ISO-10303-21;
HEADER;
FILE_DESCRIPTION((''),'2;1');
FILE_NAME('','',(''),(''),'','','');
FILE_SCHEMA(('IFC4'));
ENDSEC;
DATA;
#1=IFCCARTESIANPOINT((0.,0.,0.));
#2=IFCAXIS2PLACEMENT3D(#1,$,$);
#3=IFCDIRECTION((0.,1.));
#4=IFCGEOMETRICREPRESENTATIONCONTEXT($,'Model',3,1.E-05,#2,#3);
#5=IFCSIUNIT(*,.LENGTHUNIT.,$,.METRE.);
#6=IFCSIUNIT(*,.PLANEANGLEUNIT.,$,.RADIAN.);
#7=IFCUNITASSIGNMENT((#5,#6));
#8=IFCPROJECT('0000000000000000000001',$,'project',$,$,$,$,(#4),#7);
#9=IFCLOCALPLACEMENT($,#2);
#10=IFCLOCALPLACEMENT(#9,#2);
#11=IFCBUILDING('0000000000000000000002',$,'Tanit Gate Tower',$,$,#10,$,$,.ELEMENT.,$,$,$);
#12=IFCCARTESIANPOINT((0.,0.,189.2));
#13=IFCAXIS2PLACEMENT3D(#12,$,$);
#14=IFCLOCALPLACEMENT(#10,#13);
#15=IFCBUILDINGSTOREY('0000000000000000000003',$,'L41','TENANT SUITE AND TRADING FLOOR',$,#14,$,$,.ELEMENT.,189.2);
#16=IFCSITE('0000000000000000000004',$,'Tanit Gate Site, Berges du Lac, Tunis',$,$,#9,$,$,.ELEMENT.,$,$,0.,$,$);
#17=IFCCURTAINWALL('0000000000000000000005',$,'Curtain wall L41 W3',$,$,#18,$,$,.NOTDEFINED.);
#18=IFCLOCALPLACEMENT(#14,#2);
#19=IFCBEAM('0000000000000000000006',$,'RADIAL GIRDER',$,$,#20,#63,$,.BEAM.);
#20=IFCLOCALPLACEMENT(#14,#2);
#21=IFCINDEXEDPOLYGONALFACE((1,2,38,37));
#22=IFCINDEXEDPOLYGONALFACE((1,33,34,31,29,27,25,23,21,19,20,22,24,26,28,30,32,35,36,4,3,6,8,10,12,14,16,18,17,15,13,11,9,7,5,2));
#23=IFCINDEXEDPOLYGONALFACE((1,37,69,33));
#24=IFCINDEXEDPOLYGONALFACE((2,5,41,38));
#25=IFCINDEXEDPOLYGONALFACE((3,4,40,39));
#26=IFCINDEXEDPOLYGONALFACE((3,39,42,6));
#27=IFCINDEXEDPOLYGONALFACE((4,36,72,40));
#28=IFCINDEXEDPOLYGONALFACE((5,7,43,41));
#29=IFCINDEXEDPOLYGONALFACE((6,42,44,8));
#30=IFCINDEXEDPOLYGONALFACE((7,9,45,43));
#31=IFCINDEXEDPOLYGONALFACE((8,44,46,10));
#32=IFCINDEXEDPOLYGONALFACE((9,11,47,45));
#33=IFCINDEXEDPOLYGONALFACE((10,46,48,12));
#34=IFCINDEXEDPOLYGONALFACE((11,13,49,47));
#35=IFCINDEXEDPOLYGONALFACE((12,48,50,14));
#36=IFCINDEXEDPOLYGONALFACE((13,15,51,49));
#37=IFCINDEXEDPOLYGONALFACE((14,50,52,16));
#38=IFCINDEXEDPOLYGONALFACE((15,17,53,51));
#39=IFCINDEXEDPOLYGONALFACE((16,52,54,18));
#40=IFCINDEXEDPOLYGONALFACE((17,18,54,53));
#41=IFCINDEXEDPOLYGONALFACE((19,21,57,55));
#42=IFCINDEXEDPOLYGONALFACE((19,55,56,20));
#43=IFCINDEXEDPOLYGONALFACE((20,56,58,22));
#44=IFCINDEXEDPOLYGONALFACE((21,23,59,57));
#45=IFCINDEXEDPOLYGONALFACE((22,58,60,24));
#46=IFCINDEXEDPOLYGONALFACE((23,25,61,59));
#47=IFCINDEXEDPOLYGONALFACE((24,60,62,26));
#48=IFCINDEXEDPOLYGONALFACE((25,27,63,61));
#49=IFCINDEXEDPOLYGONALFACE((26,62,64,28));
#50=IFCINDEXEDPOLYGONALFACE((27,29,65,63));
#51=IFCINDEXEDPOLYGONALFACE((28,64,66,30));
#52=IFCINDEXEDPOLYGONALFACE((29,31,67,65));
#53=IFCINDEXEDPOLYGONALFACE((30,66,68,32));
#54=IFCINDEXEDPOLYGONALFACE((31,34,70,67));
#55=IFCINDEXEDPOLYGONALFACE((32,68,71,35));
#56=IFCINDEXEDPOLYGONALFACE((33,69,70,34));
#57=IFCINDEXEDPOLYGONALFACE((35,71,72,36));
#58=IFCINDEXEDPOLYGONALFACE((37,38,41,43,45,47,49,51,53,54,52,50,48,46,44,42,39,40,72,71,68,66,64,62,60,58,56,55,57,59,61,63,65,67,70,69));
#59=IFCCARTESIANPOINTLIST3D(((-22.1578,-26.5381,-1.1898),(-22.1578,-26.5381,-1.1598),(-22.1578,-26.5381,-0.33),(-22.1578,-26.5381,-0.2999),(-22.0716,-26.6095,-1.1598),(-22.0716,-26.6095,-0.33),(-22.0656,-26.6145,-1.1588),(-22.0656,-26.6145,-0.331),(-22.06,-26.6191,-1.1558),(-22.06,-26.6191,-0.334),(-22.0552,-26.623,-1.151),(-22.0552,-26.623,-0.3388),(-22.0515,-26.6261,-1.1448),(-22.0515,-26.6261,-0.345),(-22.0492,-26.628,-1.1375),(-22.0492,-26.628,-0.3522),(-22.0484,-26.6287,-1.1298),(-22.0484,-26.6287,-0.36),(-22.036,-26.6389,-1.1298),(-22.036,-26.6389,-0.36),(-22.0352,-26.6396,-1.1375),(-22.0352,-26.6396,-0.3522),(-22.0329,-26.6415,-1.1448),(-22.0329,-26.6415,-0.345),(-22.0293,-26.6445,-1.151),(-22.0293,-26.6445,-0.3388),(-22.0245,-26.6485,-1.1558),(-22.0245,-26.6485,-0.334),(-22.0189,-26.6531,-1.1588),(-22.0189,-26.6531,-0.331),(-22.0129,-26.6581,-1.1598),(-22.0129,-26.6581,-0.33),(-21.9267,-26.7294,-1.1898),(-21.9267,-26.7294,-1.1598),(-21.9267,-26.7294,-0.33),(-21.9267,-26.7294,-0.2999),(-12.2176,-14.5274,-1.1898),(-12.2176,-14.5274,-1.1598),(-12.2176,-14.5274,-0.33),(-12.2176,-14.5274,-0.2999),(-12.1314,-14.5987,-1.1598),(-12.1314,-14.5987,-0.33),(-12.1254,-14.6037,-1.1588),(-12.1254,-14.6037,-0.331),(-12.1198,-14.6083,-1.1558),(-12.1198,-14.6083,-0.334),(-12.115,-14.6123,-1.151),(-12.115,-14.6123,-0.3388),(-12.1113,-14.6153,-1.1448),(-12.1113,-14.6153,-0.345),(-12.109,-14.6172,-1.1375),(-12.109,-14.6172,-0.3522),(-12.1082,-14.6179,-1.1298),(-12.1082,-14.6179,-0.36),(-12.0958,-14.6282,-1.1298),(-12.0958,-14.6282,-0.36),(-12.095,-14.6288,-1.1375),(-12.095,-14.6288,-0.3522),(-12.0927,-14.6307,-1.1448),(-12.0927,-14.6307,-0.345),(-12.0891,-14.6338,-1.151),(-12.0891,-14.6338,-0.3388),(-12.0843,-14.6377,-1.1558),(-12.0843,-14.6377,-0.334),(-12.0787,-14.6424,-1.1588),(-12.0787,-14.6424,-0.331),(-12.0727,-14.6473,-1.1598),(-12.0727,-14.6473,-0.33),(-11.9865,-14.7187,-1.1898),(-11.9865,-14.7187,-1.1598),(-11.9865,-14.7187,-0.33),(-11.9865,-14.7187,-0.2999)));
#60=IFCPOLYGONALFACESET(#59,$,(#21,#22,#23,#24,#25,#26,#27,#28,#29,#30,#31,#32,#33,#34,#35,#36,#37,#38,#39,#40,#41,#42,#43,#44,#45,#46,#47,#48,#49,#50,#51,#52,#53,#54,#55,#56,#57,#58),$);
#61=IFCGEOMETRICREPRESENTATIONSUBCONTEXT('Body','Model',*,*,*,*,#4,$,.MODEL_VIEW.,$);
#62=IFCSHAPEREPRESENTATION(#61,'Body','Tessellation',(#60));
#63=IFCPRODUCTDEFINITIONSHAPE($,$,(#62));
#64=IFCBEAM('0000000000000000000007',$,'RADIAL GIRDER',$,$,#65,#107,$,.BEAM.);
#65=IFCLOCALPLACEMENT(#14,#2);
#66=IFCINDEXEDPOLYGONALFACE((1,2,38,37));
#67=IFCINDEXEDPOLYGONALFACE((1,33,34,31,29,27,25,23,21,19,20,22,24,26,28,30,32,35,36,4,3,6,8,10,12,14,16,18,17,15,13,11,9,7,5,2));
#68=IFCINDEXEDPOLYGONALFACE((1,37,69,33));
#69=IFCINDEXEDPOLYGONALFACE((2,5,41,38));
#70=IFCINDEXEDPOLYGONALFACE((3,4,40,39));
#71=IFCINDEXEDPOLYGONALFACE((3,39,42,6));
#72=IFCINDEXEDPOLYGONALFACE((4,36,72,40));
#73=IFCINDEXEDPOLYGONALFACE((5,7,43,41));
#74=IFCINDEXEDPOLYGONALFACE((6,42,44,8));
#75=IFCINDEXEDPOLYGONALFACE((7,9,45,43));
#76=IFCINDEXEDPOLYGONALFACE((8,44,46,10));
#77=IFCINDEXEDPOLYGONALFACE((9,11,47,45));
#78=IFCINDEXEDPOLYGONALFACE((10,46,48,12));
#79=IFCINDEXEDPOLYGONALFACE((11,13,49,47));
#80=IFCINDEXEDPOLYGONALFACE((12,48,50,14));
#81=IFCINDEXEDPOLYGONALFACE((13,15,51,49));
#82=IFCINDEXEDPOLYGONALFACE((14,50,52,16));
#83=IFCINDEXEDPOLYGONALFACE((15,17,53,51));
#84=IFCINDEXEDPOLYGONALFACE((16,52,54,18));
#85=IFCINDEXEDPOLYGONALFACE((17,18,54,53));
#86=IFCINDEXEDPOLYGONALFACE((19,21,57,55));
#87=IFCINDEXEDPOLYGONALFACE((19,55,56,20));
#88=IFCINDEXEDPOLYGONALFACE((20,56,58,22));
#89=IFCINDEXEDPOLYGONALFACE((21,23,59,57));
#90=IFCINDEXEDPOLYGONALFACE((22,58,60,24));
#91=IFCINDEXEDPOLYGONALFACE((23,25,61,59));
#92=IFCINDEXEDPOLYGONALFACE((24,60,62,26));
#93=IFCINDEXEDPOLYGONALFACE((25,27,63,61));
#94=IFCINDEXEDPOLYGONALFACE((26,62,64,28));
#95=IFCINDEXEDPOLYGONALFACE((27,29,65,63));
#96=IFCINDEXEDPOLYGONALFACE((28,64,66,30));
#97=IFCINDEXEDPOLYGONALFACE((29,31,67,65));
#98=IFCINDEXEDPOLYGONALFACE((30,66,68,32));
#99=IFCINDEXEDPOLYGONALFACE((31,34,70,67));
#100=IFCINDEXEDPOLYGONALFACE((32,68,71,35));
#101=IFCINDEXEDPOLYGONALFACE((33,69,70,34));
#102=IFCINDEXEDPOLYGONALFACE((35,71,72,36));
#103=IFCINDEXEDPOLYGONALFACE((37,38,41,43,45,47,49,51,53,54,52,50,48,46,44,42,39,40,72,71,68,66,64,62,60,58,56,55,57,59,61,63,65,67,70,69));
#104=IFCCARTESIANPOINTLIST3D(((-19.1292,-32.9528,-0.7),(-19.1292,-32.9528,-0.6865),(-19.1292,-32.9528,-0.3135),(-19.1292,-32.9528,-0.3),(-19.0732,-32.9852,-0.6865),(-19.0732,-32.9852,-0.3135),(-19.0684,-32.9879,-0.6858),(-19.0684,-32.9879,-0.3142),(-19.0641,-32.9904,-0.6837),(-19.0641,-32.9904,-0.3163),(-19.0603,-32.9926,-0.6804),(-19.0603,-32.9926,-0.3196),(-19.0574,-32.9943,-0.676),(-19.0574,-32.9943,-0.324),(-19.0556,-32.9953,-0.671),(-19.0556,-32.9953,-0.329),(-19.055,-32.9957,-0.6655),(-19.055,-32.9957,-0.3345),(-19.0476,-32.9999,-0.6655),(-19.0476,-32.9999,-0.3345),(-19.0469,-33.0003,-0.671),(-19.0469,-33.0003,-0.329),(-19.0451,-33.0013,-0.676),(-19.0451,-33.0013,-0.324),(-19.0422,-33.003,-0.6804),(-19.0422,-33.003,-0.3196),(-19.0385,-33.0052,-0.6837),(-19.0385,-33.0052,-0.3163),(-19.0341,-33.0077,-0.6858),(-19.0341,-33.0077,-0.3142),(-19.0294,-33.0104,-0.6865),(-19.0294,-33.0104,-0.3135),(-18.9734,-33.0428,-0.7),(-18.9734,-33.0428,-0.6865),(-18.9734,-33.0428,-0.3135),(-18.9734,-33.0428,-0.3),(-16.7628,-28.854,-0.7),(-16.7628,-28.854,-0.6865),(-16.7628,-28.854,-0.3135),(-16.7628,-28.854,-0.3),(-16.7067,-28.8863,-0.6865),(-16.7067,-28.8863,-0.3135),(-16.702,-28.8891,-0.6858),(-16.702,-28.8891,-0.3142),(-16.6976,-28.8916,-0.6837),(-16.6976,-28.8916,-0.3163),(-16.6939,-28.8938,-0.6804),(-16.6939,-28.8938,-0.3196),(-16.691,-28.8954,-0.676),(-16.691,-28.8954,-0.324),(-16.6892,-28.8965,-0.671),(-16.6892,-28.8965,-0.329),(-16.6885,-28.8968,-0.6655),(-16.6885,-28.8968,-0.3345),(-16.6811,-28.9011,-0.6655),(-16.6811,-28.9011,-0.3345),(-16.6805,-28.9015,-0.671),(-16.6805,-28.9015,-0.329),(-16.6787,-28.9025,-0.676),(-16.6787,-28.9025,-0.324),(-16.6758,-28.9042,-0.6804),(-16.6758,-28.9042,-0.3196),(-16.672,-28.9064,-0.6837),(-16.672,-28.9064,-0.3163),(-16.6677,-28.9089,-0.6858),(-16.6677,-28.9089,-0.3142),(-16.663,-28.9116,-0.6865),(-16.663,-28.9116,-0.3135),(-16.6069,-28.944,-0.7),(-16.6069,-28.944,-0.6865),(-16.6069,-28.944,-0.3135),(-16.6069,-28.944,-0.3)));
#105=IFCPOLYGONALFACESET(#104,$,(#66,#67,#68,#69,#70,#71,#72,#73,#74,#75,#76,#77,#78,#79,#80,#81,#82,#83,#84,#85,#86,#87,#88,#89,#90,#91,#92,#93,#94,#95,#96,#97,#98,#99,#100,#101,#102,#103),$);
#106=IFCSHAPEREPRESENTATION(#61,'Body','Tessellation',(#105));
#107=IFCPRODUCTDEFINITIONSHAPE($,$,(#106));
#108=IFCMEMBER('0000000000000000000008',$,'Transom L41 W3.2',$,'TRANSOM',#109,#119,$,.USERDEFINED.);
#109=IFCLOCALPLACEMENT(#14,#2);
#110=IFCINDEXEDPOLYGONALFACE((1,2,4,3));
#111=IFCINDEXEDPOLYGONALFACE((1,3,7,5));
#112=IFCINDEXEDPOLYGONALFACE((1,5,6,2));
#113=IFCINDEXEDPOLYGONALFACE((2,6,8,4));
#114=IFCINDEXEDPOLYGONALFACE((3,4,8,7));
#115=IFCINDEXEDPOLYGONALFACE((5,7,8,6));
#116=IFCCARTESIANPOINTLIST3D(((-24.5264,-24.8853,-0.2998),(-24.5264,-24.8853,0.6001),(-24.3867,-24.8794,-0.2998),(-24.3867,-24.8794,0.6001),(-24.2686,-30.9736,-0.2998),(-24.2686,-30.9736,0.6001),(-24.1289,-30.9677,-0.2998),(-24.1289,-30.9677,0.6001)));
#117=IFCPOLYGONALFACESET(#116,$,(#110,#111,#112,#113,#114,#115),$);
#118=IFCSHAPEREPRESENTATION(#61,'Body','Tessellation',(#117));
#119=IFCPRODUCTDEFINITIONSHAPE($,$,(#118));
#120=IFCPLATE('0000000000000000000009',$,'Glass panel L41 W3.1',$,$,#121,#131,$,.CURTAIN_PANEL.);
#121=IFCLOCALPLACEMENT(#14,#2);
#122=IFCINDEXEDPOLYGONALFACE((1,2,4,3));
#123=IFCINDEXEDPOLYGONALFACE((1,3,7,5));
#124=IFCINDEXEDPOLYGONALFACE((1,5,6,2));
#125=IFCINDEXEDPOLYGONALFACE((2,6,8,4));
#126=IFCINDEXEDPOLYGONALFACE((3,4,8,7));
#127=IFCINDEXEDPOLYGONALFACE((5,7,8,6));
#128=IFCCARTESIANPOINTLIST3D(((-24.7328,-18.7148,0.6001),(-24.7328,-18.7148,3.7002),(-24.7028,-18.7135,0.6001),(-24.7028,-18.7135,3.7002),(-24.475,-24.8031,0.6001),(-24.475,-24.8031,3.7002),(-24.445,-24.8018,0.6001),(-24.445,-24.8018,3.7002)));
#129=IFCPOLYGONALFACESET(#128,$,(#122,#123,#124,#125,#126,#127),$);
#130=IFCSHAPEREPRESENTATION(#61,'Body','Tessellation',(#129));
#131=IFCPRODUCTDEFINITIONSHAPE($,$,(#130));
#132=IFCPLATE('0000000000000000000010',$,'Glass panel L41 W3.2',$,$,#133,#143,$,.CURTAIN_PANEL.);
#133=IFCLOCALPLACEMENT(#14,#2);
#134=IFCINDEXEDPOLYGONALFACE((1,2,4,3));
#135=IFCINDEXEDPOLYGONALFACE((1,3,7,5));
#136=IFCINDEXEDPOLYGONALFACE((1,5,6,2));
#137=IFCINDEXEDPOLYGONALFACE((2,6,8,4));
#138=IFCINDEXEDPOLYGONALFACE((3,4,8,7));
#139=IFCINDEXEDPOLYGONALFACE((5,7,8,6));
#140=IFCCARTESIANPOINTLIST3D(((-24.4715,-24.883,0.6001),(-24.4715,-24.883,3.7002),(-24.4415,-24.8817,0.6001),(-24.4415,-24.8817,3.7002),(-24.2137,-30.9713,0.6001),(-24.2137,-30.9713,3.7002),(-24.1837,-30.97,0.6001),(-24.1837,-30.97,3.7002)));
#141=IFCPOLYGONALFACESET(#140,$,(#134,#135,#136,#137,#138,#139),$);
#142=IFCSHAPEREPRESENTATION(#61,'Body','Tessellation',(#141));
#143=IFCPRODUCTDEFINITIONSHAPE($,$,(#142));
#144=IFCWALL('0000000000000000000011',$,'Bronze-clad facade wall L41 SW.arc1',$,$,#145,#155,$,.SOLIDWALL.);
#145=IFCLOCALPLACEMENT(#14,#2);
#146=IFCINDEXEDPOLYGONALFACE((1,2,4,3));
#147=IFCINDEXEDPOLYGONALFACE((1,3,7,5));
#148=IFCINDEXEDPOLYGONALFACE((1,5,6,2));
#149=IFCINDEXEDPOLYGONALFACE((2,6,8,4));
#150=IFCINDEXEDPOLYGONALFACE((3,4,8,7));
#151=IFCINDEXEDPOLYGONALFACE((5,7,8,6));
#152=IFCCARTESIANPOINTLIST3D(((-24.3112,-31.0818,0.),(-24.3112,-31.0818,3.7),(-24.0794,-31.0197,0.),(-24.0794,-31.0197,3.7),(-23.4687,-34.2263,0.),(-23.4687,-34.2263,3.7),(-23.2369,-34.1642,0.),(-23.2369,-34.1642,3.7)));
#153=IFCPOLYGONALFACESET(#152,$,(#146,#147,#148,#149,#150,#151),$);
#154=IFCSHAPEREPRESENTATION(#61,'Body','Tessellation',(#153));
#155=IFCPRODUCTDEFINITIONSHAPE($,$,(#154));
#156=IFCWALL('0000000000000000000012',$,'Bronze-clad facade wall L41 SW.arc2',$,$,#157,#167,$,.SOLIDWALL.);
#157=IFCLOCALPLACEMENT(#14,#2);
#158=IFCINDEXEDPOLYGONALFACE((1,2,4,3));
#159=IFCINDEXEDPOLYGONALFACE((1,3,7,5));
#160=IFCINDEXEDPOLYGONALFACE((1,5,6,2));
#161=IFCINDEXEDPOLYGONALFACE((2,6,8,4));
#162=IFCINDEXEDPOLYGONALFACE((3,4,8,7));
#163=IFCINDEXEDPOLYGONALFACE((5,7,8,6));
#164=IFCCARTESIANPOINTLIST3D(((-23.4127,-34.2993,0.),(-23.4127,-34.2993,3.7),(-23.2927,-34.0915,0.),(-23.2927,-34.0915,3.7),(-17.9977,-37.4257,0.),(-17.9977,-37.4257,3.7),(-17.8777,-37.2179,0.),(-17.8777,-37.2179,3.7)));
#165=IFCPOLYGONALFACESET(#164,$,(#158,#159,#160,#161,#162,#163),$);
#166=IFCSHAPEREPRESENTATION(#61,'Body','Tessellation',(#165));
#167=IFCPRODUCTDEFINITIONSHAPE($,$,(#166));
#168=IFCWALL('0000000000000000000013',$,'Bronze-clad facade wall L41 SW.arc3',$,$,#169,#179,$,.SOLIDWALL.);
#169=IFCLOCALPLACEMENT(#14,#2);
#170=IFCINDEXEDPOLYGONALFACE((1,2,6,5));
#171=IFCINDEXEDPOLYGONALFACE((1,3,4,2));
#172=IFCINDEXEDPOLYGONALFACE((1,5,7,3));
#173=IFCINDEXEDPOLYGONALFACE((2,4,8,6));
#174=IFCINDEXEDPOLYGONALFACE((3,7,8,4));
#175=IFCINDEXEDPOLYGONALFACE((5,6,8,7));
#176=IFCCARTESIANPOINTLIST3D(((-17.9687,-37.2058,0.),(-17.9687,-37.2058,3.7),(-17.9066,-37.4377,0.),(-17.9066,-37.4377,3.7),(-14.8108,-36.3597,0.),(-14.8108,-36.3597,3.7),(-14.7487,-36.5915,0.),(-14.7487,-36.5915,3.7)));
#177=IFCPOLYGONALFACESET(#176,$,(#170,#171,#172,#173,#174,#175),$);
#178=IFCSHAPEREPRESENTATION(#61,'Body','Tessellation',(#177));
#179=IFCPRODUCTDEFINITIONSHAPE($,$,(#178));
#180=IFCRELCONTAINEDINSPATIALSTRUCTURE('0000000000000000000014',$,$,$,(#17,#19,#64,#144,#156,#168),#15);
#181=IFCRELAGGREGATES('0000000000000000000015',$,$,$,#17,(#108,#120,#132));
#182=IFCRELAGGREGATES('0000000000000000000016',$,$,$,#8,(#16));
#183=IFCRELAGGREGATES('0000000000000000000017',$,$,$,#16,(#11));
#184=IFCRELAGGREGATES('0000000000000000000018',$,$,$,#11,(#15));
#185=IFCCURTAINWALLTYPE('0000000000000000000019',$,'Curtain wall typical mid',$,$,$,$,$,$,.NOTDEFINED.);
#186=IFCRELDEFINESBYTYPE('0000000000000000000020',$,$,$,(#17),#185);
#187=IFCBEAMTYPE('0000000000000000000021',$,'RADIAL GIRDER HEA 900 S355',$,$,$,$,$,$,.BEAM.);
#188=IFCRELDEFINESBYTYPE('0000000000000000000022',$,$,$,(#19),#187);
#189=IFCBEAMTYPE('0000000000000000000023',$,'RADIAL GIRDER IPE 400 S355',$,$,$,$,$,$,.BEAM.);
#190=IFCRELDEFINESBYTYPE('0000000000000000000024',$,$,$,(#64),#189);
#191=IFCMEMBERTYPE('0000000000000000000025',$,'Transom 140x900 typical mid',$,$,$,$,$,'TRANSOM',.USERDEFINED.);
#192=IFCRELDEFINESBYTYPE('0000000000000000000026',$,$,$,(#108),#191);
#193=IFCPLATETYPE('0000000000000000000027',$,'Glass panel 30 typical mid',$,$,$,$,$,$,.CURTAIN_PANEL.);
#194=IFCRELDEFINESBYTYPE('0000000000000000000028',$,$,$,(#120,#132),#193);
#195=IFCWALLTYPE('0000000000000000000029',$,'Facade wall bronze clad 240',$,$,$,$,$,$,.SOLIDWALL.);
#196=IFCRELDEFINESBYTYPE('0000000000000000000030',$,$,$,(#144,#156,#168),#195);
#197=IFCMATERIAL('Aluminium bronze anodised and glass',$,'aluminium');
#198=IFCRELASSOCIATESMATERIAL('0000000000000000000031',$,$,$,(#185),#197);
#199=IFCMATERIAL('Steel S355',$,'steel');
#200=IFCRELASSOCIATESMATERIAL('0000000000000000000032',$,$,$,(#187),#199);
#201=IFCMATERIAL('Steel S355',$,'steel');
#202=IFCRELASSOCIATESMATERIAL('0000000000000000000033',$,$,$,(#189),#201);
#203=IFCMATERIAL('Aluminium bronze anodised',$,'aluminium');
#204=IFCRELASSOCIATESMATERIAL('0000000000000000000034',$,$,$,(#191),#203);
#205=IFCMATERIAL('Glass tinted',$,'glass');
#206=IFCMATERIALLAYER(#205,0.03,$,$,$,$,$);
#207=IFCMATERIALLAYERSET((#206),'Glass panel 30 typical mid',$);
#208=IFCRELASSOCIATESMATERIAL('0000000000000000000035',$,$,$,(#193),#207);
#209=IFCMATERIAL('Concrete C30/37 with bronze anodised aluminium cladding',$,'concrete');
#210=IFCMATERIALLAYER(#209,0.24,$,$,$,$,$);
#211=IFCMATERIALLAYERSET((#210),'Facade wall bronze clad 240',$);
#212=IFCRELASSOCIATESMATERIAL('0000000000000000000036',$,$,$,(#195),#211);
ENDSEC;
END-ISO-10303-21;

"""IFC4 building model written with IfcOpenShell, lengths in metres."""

from ifc_helpers import new_model, si_unit, direction, frame, frame_2d, origin, origin_2d, place, context, subcontext, project, spatial, rectangle, i_section, extrude, material, layer, layer_set, material_profile, profile_set, type_object, element, aggregate, save


model = new_model("IFC4")

# Units and contexts
model_context = context("Model", 3, precision=1e-05, world=origin(), true_north=direction((0.0, 1.0)))
body_context = subcontext(model_context, "Body", "Model", "MODEL_VIEW")
ifc_project = project(units=[si_unit("LENGTHUNIT", "METRE"), si_unit("PLANEANGLEUNIT", "RADIAN")], contexts=[model_context])

# Site, building, storey
site_placement = place(None, origin())
site = spatial("IfcSite", under=ifc_project, at=site_placement, Name="Tanit Gate Site, Berges du Lac, Tunis", CompositionType="ELEMENT", RefElevation=0.0)
building_placement = place(site_placement, origin())
building = spatial("IfcBuilding", under=site, at=building_placement, Name="Tanit Gate Tower", CompositionType="ELEMENT")
storey_placement = place(building_placement, frame((0.0, 0.0, 189.2)))
storey = spatial("IfcBuildingStorey", under=building, at=storey_placement, Name="L41", Description="TENANT SUITE AND TRADING FLOOR", CompositionType="ELEMENT", Elevation=189.2)

# Curtain wall
ifc_material_1 = material(Name="Aluminium bronze anodised and glass", Category="aluminium")
curtain_wall_type = type_object("IfcCurtainWallType", Name="Curtain wall typical mid", PredefinedType="NOTDEFINED", material=ifc_material_1)
curtain_wall_1_placement = place(storey_placement, origin())
curtain_wall_1 = element("IfcCurtainWall", 1, at=curtain_wall_1_placement, inside=storey, type_object=curtain_wall_type, Name="Curtain wall L41 W3", PredefinedType="NOTDEFINED")

# Beams
ifc_material_2 = material(Name="Steel S355", Category="steel")
ifc_material_profile_1 = material_profile(ifc_material_2, i_section(OverallWidth=0.3, OverallDepth=0.8899, WebThickness=0.0161, FlangeThickness=0.03, FilletRadius=0.03, at=origin_2d()), Name="HEA 900")
ifc_profile_set_1 = profile_set([ifc_material_profile_1], Name="Steel S355")
beam_type_1 = type_object("IfcBeamType", Name="RADIAL GIRDER HEA 900 S355", PredefinedType="BEAM", material=ifc_profile_set_1)
beam_1_placement = place(storey_placement, frame((-22.0422, -26.6338, -0.7449), z_axis=(0.637578, 0.770386, 0.0), x_axis=(-0.770386, 0.637578, 0.0)))
element("IfcBeam", 2, at=beam_1_placement, inside=storey, type_object=beam_type_1, Name="RADIAL GIRDER", PredefinedType="BEAM", context=body_context, shape_type="SweptSolid", body=[
    extrude(i_section(OverallWidth=0.3, OverallDepth=0.8899, WebThickness=0.0161, FlangeThickness=0.03, FilletRadius=0.03, at=origin_2d()), origin(), (0.0, 0.0, 1.0), 15.5906),
])
ifc_material_3 = material(Name="Steel S355", Category="steel")
ifc_material_profile_2 = material_profile(ifc_material_3, i_section(OverallWidth=0.1799, OverallDepth=0.3999, WebThickness=0.0085, FlangeThickness=0.0134, FilletRadius=0.021, at=origin_2d()), Name="IPE 400")
ifc_profile_set_2 = profile_set([ifc_material_profile_2], Name="Steel S355")
beam_type_2 = type_object("IfcBeamType", Name="RADIAL GIRDER IPE 400 S355", PredefinedType="BEAM", material=ifc_profile_set_2)
beam_2_placement = place(storey_placement, frame((-19.0513, -32.9978, -0.5), z_axis=(0.499995, 0.866028, 0.0), x_axis=(-0.866028, 0.499995, 0.0)))
element("IfcBeam", 3, at=beam_2_placement, inside=storey, type_object=beam_type_2, Name="RADIAL GIRDER", PredefinedType="BEAM", context=body_context, shape_type="SweptSolid", body=[
    extrude(i_section(OverallWidth=0.1799, OverallDepth=0.3999, WebThickness=0.0085, FlangeThickness=0.0134, FilletRadius=0.021, at=origin_2d()), origin(), (0.0, 0.0, 1.0), 4.7329),
])

# Member
ifc_material_4 = material(Name="Aluminium bronze anodised", Category="aluminium")
ifc_material_profile_3 = material_profile(ifc_material_4, rectangle(XDim=0.1399, YDim=0.8999, at=origin_2d()), Name="140x900 bronze transom")
ifc_profile_set_3 = profile_set([ifc_material_profile_3], Name="Aluminium bronze anodised")
member_type_1 = type_object("IfcMemberType", Name="Transom 140x900 typical mid", ElementType="TRANSOM", PredefinedType="USERDEFINED", material=ifc_profile_set_3)
member_1_placement = place(storey_placement, frame((-24.4565, -24.8823, 0.1501), z_axis=(0.042307, -0.999105, 0.0), x_axis=(0.999105, 0.042307, 0.0)))
member_1 = element("IfcMember", 4, at=member_1_placement, type_object=member_type_1, Name="Transom L41 W3.2", ObjectType="TRANSOM", PredefinedType="USERDEFINED", context=body_context, shape_type="SweptSolid", body=[
    extrude(rectangle(XDim=0.1399, YDim=0.8999, at=origin_2d()), origin(), (0.0, 0.0, 1.0), 6.0938),
])

# Plates
ifc_material_5 = material(Name="Glass tinted", Category="glass")
ifc_layer_1 = layer(ifc_material_5, 0.03)
ifc_layer_set_1 = layer_set([ifc_layer_1], Name="Glass panel 30 typical mid")
plate_type = type_object("IfcPlateType", Name="Glass panel 30 typical mid", PredefinedType="CURTAIN_PANEL", material=ifc_layer_set_1)
plate_1_placement = place(storey_placement, frame((-24.5889, -21.7583, 0.6001), z_axis=(0.0, 0.0, 1.0), x_axis=(0.042307, -0.999105, 0.0)))
plate_1 = element("IfcPlate", 5, at=plate_1_placement, type_object=plate_type, Name="Glass panel L41 W3.1", PredefinedType="CURTAIN_PANEL", context=body_context, shape_type="SweptSolid", body=[
    extrude(rectangle(XDim=6.0938, YDim=0.03, at=origin_2d()), origin(), (0.0, 0.0, 1.0), 3.1001),
])
plate_2_placement = place(storey_placement, frame((-24.3276, -27.9265, 0.6001), z_axis=(0.0, 0.0, 1.0), x_axis=(0.042307, -0.999105, 0.0)))
plate_2 = element("IfcPlate", 6, at=plate_2_placement, type_object=plate_type, Name="Glass panel L41 W3.2", PredefinedType="CURTAIN_PANEL", context=body_context, shape_type="SweptSolid", body=[
    extrude(rectangle(XDim=6.0938, YDim=0.03, at=origin_2d()), origin(), (0.0, 0.0, 1.0), 3.1001),
])
aggregate(curtain_wall_1, [member_1, plate_1, plate_2])

# Walls
ifc_material_6 = material(Name="Concrete C30/37 with bronze anodised aluminium cladding", Category="concrete")
ifc_layer_2 = layer(ifc_material_6, 0.24)
ifc_layer_set_2 = layer_set([ifc_layer_2], Name="Facade wall bronze clad 240")
wall_type_1 = type_object("IfcWallType", Name="Facade wall bronze clad 240", PredefinedType="SOLIDWALL", material=ifc_layer_set_2)
wall_1_placement = place(storey_placement, frame((-24.1953, -31.0508, 0.0), z_axis=(0.0, 0.0, 1.0), x_axis=(0.258806, -0.965929, 0.0)))
element("IfcWall", 7, at=wall_1_placement, inside=storey, type_object=wall_type_1, Name="Bronze-clad facade wall L41 SW.arc1", PredefinedType="SOLIDWALL", context=body_context, shape_type="SweptSolid", body=[
    extrude(rectangle(XDim=3.2554, YDim=0.24, at=frame_2d((1.6277, 0.0))), origin(), (0.0, 0.0, 1.0), 3.7),
])
wall_2_placement = place(storey_placement, frame((-23.3528, -34.1953, 0.0), z_axis=(0.0, 0.0, 1.0), x_axis=(0.866019, -0.500011, 0.0)))
element("IfcWall", 8, at=wall_2_placement, inside=storey, type_object=wall_type_1, Name="Bronze-clad facade wall L41 SW.arc2", PredefinedType="SOLIDWALL", context=body_context, shape_type="SweptSolid", body=[
    extrude(rectangle(XDim=6.2527, YDim=0.24, at=frame_2d((3.1265, 0.0))), origin(), (0.0, 0.0, 1.0), 3.7),
])
wall_3_placement = place(storey_placement, frame((-17.9377, -37.3218, 0.0), z_axis=(0.0, 0.0, 1.0), x_axis=(0.965924, 0.258824, 0.0)))
element("IfcWall", 9, at=wall_3_placement, inside=storey, type_object=wall_type_1, Name="Bronze-clad facade wall L41 SW.arc3", PredefinedType="SOLIDWALL", context=body_context, shape_type="SweptSolid", body=[
    extrude(rectangle(XDim=3.2693, YDim=0.24, at=frame_2d((1.6348, 0.0))), origin(), (0.0, 0.0, 1.0), 3.7),
])

save(model, "model.ifc")
